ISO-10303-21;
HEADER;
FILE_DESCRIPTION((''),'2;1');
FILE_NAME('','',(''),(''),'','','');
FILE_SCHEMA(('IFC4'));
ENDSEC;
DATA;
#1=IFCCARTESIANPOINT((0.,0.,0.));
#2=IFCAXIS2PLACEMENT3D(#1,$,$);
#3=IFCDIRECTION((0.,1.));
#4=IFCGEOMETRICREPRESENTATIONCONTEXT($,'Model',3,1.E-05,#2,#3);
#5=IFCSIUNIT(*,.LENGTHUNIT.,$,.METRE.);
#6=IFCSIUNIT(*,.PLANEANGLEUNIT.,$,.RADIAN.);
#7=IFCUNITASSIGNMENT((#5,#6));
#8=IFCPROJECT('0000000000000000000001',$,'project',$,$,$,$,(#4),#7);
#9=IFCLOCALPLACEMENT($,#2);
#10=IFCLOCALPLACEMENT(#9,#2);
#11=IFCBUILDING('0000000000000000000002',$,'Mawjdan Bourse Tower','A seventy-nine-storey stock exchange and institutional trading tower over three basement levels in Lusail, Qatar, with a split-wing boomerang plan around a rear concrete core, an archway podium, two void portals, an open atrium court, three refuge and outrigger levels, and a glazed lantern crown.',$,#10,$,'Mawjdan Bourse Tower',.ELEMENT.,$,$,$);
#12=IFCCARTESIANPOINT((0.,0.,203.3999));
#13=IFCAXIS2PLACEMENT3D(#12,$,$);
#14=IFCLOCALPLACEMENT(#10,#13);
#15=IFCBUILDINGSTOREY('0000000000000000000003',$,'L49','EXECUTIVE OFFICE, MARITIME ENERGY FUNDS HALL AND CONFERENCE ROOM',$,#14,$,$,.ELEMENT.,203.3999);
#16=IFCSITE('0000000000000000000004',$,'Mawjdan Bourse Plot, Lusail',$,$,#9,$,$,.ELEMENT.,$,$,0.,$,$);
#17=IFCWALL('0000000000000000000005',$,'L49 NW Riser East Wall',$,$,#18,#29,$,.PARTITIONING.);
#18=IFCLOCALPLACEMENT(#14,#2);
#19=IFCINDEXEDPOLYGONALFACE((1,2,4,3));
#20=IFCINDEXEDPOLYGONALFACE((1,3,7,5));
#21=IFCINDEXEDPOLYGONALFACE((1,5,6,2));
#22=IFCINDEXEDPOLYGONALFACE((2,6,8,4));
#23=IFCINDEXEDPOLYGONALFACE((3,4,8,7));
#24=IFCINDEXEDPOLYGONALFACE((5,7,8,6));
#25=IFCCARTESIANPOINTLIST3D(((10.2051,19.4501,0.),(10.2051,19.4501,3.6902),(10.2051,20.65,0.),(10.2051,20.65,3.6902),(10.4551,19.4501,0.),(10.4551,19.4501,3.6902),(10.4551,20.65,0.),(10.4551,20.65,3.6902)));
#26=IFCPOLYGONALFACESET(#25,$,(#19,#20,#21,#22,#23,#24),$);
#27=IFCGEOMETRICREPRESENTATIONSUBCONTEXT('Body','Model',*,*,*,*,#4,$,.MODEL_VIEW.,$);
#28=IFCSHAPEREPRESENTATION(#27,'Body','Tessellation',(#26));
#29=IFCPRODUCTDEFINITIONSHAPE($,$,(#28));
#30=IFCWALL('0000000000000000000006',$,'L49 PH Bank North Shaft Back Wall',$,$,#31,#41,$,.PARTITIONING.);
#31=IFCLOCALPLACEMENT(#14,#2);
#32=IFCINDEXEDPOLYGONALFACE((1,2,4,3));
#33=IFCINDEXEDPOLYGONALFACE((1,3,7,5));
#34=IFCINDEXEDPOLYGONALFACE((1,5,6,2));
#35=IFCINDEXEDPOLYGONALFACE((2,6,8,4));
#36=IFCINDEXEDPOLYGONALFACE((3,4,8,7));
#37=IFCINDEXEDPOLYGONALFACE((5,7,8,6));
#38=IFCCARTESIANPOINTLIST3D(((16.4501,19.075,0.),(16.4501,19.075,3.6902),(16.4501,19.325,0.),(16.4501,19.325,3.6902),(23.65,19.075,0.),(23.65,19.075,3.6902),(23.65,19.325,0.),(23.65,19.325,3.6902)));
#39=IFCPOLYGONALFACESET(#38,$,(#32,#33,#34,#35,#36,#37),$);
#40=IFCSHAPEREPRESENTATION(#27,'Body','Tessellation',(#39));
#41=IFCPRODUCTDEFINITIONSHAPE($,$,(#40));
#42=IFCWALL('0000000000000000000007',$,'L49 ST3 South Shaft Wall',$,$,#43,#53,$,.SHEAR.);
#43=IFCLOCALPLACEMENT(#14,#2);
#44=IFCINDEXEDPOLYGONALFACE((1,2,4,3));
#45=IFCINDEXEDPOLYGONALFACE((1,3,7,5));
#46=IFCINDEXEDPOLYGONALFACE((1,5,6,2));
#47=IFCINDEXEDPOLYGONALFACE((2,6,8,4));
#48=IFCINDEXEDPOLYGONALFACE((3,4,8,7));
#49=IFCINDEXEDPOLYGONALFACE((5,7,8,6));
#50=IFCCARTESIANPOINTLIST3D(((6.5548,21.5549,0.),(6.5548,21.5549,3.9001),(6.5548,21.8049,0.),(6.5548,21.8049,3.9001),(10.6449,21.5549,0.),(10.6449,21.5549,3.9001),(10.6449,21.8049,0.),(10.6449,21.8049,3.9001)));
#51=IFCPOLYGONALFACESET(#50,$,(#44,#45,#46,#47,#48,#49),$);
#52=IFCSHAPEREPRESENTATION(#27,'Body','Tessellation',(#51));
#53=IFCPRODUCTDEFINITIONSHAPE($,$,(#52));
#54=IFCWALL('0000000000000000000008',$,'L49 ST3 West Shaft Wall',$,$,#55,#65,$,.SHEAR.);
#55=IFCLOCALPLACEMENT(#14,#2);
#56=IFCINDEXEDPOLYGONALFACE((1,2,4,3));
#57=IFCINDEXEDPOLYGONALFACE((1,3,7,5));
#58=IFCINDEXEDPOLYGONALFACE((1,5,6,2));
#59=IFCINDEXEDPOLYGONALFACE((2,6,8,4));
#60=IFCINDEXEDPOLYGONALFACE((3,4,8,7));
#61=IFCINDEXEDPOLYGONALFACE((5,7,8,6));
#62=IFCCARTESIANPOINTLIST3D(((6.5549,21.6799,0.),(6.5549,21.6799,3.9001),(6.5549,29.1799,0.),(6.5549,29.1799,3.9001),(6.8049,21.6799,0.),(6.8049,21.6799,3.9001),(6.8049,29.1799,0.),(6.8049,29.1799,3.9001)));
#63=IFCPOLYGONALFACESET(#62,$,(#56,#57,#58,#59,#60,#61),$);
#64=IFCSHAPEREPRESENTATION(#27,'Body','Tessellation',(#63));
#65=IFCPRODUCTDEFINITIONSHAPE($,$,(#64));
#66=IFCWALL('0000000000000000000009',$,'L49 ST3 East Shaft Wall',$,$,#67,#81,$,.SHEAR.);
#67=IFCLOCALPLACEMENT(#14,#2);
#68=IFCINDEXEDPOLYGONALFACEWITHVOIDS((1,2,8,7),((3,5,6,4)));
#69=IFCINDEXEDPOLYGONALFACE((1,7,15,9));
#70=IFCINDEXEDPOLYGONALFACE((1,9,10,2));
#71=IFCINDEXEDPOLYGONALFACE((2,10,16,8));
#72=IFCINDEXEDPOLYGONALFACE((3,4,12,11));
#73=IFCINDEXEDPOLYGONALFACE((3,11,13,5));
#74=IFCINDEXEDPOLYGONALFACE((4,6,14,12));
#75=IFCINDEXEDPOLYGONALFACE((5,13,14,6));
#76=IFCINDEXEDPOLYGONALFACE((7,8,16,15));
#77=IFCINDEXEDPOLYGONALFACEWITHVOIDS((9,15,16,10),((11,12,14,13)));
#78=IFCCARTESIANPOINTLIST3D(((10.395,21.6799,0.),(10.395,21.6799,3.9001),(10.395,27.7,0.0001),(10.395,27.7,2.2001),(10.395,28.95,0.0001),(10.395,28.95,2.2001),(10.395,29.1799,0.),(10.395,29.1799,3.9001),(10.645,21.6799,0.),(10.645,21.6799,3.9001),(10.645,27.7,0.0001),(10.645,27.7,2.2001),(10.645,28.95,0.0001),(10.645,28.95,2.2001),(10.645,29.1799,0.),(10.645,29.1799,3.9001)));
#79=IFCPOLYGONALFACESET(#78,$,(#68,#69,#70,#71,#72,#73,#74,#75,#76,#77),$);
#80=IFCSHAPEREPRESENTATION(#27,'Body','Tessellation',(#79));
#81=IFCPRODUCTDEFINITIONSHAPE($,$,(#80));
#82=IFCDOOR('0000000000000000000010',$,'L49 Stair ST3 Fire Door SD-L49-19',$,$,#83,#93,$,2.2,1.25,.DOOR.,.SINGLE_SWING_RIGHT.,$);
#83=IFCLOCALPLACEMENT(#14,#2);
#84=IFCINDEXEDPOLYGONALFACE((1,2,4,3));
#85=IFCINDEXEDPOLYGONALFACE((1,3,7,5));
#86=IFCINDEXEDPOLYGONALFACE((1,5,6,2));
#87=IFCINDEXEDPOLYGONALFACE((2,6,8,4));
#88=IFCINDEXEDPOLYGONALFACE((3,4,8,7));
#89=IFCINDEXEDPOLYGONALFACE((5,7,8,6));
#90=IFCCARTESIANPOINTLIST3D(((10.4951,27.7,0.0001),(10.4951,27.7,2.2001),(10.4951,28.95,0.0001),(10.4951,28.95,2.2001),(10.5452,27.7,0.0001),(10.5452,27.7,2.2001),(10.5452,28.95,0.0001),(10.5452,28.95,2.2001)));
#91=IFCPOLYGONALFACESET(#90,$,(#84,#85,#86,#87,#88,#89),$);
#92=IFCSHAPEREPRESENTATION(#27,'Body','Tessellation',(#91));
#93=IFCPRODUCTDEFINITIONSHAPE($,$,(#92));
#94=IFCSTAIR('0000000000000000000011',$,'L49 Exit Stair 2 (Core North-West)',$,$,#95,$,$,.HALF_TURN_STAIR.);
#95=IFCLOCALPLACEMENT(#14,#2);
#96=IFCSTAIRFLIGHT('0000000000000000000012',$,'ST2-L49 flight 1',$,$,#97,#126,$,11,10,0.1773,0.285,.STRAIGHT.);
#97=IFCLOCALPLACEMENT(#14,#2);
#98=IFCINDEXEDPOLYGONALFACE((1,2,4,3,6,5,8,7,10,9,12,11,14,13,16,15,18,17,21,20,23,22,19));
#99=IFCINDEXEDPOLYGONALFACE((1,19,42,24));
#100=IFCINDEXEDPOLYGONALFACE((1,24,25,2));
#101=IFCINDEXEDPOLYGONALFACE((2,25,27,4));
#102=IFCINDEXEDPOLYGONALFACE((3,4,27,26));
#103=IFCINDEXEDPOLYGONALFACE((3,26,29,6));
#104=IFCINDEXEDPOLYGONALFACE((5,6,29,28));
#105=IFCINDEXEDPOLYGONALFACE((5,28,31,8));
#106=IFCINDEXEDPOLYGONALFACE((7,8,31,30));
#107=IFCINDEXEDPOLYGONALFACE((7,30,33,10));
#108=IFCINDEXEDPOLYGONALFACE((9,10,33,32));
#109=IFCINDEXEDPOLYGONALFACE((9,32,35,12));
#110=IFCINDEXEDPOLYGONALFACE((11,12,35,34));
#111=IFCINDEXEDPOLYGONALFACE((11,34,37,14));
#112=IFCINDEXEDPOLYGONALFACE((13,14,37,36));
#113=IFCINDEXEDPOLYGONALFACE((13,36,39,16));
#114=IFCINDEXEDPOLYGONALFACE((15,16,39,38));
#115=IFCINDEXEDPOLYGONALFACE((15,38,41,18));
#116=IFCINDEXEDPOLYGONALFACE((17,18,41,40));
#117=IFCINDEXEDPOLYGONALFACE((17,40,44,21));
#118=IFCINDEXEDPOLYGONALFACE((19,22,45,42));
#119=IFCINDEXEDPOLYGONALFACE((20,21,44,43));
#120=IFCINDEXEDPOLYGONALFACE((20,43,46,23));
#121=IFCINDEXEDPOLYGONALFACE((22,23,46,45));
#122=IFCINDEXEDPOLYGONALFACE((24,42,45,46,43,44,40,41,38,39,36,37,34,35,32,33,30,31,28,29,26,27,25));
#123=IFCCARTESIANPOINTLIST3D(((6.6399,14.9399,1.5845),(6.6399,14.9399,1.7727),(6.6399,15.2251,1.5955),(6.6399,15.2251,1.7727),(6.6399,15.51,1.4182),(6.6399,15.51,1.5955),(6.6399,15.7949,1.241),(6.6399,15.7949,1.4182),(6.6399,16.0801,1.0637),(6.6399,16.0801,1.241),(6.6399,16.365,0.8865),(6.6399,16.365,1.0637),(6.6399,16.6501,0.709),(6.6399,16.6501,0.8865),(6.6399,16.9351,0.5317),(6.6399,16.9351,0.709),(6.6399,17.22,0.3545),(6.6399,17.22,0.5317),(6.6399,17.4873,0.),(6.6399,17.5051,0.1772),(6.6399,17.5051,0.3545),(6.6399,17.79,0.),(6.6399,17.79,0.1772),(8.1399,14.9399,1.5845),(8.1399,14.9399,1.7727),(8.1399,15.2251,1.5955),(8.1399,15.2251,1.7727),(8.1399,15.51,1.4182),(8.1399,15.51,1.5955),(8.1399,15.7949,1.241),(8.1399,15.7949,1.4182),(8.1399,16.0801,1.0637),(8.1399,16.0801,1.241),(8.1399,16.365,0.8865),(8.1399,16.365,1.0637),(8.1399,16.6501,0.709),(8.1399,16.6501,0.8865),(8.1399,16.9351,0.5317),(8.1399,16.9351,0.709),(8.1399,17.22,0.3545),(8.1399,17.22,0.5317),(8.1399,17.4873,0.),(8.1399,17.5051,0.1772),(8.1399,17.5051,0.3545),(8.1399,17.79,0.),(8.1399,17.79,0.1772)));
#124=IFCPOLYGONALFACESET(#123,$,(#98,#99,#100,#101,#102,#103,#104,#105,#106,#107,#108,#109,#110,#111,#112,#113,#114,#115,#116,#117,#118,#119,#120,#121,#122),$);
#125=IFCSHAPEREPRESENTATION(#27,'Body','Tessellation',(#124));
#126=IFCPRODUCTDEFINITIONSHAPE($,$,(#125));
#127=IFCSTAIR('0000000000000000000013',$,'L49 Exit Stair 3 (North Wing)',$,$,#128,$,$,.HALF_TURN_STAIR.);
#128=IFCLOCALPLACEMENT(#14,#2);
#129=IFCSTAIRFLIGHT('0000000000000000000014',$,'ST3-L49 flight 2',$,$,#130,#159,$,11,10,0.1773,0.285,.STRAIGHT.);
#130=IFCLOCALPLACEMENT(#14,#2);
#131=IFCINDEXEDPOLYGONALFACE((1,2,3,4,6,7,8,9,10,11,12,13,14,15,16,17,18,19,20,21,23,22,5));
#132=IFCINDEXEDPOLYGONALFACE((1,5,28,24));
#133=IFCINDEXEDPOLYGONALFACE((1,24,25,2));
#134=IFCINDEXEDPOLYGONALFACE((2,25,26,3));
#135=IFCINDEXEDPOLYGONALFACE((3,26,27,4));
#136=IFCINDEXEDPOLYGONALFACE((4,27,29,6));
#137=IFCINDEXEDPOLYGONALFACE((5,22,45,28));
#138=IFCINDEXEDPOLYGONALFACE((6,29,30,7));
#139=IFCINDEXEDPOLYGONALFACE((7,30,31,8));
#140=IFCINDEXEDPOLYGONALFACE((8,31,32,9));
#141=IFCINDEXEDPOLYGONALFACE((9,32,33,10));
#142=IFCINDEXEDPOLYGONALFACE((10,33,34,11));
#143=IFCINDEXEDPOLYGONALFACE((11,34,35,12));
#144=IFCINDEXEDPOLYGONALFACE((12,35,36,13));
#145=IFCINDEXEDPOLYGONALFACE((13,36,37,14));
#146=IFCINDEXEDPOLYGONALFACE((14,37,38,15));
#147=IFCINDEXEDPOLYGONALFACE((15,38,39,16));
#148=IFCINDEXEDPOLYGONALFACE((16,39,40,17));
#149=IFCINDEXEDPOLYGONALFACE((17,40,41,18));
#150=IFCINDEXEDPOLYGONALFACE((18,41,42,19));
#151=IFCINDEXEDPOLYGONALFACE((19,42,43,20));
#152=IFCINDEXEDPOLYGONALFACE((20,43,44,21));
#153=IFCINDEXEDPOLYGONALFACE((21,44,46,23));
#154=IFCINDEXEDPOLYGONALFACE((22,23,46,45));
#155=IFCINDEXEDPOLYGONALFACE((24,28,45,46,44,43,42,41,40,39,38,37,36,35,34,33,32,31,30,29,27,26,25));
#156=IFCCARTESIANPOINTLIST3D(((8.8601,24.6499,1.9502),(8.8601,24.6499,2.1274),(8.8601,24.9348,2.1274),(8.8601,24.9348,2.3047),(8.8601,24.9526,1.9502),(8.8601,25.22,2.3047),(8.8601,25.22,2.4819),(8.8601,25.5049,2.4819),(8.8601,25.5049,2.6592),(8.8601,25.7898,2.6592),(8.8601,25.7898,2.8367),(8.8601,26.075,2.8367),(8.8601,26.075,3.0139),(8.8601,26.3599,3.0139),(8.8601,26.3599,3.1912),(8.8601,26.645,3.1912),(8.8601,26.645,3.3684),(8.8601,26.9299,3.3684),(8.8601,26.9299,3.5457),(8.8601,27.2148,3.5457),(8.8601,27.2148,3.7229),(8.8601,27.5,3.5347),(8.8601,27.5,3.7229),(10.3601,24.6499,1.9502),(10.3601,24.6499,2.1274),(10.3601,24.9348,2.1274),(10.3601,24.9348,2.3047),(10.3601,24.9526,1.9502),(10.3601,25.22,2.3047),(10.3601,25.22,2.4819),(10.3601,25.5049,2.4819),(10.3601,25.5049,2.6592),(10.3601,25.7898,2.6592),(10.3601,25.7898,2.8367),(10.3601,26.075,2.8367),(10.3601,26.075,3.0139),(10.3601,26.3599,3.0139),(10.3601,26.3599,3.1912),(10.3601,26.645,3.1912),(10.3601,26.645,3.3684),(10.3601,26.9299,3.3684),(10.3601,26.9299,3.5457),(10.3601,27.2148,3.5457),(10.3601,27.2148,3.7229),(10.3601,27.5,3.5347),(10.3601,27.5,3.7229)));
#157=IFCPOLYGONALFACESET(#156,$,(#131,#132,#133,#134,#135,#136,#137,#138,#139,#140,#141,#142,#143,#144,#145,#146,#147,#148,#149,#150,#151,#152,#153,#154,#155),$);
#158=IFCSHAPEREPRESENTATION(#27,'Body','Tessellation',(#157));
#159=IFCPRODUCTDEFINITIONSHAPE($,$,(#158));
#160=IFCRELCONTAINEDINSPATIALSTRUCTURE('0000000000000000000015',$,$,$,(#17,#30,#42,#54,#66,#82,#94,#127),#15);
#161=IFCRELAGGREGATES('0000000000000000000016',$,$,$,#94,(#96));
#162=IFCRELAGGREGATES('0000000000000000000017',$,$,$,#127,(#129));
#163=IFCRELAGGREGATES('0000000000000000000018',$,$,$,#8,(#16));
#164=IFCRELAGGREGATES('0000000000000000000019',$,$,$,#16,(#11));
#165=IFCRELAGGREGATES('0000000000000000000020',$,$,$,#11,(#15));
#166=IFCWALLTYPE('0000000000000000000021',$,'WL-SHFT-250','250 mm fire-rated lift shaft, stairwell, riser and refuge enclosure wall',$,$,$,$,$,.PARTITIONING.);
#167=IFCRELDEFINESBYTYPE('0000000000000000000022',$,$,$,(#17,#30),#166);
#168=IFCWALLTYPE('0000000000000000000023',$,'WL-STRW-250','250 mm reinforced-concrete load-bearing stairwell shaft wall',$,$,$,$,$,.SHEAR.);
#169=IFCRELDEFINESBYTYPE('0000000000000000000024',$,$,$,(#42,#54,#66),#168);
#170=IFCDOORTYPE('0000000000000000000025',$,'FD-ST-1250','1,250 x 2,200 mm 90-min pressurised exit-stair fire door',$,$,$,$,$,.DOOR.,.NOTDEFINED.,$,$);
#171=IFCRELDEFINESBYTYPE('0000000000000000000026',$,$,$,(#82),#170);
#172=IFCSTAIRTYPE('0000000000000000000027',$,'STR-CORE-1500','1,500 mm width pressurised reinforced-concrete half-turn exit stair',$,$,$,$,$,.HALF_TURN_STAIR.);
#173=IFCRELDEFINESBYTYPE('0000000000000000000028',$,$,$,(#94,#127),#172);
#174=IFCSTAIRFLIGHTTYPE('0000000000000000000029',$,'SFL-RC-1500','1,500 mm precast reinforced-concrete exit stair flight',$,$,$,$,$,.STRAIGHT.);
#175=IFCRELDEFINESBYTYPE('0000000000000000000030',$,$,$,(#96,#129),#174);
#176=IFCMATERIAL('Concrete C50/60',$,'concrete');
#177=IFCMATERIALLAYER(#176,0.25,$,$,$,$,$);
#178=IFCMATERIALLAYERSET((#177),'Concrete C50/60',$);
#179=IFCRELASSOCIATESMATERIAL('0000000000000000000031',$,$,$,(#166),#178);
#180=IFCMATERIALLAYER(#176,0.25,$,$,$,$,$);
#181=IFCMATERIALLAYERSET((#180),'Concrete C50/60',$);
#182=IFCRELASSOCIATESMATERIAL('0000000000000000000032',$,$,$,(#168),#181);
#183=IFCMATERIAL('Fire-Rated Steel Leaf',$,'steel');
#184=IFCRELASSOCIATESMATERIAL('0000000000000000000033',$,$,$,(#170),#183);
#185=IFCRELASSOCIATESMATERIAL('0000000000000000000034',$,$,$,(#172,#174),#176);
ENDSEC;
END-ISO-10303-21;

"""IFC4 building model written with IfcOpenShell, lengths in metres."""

from ifc_helpers import new_model, si_unit, direction, frame, frame_2d, origin, place, context, subcontext, project, spatial, polyline, rectangle, outline, extrude, material, layer, layer_set, type_object, element, fill, aggregate, save


model = new_model("IFC4")

# Units and contexts
model_context = context("Model", 3, precision=1e-05, world=origin(), true_north=direction((0.0, 1.0)))
body_context = subcontext(model_context, "Body", "Model", "MODEL_VIEW")
ifc_project = project(units=[si_unit("LENGTHUNIT", "METRE"), si_unit("PLANEANGLEUNIT", "RADIAN")], contexts=[model_context])

# Site, building, storey
site_placement = place(None, origin())
site = spatial("IfcSite", under=ifc_project, at=site_placement, Name="Mawjdan Bourse Plot, Lusail", CompositionType="ELEMENT", RefElevation=0.0)
building_placement = place(site_placement, origin())
building = spatial("IfcBuilding", under=site, at=building_placement, Name="Mawjdan Bourse Tower", Description="A seventy-nine-storey stock exchange and institutional trading tower over three basement levels in Lusail, Qatar, with a split-wing boomerang plan around a rear concrete core, an archway podium, two void portals, an open atrium court, three refuge and outrigger levels, and a glazed lantern crown.", LongName="Mawjdan Bourse Tower", CompositionType="ELEMENT")
storey_placement = place(building_placement, frame((0.0, 0.0, 203.3999)))
storey = spatial("IfcBuildingStorey", under=building, at=storey_placement, Name="L49", Description="EXECUTIVE OFFICE, MARITIME ENERGY FUNDS HALL AND CONFERENCE ROOM", CompositionType="ELEMENT", Elevation=203.3999)

# Walls
ifc_material_1 = material(Name="Concrete C50/60", Category="concrete")
ifc_layer_1 = layer(ifc_material_1, 0.25)
ifc_layer_set_1 = layer_set([ifc_layer_1], Name="Concrete C50/60")
wall_type_1 = type_object("IfcWallType", Name="WL-SHFT-250", Description="250 mm fire-rated lift shaft, stairwell, riser and refuge enclosure wall", PredefinedType="PARTITIONING", material=ifc_layer_set_1)
wall_1_placement = place(storey_placement, frame((10.3301, 19.45, 0.0), z_axis=(0.0, 0.0, 1.0), x_axis=(0.0, 1.0, 0.0)))
element("IfcWall", 1, at=wall_1_placement, inside=storey, type_object=wall_type_1, Name="L49 NW Riser East Wall", PredefinedType="PARTITIONING", context=body_context, shape_type="SweptSolid", body=[
    extrude(rectangle(XDim=1.2, YDim=0.25, at=frame_2d((0.6001, 0.0))), origin(), (0.0, 0.0, 1.0), 3.6902),
])
wall_2_placement = place(storey_placement, frame((16.45, 19.2, 0.0), z_axis=(0.0, 0.0, 1.0), x_axis=(1.0, 0.0, 0.0)))
element("IfcWall", 2, at=wall_2_placement, inside=storey, type_object=wall_type_1, Name="L49 PH Bank North Shaft Back Wall", PredefinedType="PARTITIONING", context=body_context, shape_type="SweptSolid", body=[
    extrude(rectangle(XDim=7.2, YDim=0.25, at=frame_2d((3.6001, 0.0))), origin(), (0.0, 0.0, 1.0), 3.6902),
])
ifc_layer_2 = layer(ifc_material_1, 0.25)
ifc_layer_set_2 = layer_set([ifc_layer_2], Name="Concrete C50/60")
wall_type_2 = type_object("IfcWallType", Name="WL-STRW-250", Description="250 mm reinforced-concrete load-bearing stairwell shaft wall", PredefinedType="SHEAR", material=ifc_layer_set_2)
wall_3_placement = place(storey_placement, frame((6.5549, 21.6799, 0.0), z_axis=(0.0, 0.0, 1.0), x_axis=(1.0, 0.0, 0.0)))
element("IfcWall", 3, at=wall_3_placement, inside=storey, type_object=wall_type_2, Name="L49 ST3 South Shaft Wall", PredefinedType="SHEAR", context=body_context, shape_type="SweptSolid", body=[
    extrude(rectangle(XDim=4.0901, YDim=0.25, at=frame_2d((2.0449, 0.0))), origin(), (0.0, 0.0, 1.0), 3.9001),
])
wall_4_placement = place(storey_placement, frame((6.6799, 21.6799, 0.0), z_axis=(0.0, 0.0, 1.0), x_axis=(0.0, 1.0, 0.0)))
element("IfcWall", 4, at=wall_4_placement, inside=storey, type_object=wall_type_2, Name="L49 ST3 West Shaft Wall", PredefinedType="SHEAR", context=body_context, shape_type="SweptSolid", body=[
    extrude(rectangle(XDim=7.5, YDim=0.25, at=frame_2d((3.75, 0.0))), origin(), (0.0, 0.0, 1.0), 3.9001),
])

# Wall, opening, door
wall_5_placement = place(storey_placement, frame((10.52, 21.6799, 0.0), z_axis=(0.0, 0.0, 1.0), x_axis=(0.0, 1.0, 0.0)))
wall_5 = element("IfcWall", 5, at=wall_5_placement, inside=storey, type_object=wall_type_2, Name="L49 ST3 East Shaft Wall", PredefinedType="SHEAR", context=body_context, shape_type="SweptSolid", body=[
    extrude(rectangle(XDim=7.5, YDim=0.25, at=frame_2d((3.75, 0.0))), origin(), (0.0, 0.0, 1.0), 3.9001),
])
opening_1_placement = place(wall_5_placement, frame((6.02, 0.0, 0.0)))
opening_1 = element("IfcOpeningElement", 6, at=opening_1_placement, cuts=wall_5, PredefinedType="OPENING", context=body_context, shape_type="SweptSolid", body=[
    extrude(rectangle(XDim=1.25, YDim=2.2, at=frame_2d((0.625, 1.1001))), frame((0.0, 0.135, 0.0), z_axis=(0.0, -1.0, 0.0), x_axis=(1.0, 0.0, 0.0)), (0.0, 0.0, 1.0), 0.27),
])
ifc_material_2 = material(Name="Fire-Rated Steel Leaf", Category="steel")
door_type_1 = type_object("IfcDoorType", Name="FD-ST-1250", Description="1,250 x 2,200 mm 90-min pressurised exit-stair fire door", OperationType="NOTDEFINED", PredefinedType="DOOR", material=ifc_material_2)
door_1_placement = place(opening_1_placement, origin())
door_1 = element("IfcDoor", 7, at=door_1_placement, inside=storey, type_object=door_type_1, Name="L49 Stair ST3 Fire Door SD-L49-19", OperationType="SINGLE_SWING_RIGHT", OverallHeight=2.2, OverallWidth=1.25, PredefinedType="DOOR", context=body_context, shape_type="SweptSolid", body=[
    extrude(rectangle(XDim=1.25, YDim=2.2, at=frame_2d((0.625, 1.1001))), frame((0.0, 0.0249, 0.0), z_axis=(0.0, -1.0, 0.0), x_axis=(1.0, 0.0, 0.0)), (0.0, 0.0, 1.0), 0.05),
])
fill(opening_1, door_1)

# Stairs, stair flights
stair_type = type_object("IfcStairType", Name="STR-CORE-1500", Description="1,500 mm width pressurised reinforced-concrete half-turn exit stair", PredefinedType="HALF_TURN_STAIR", material=ifc_material_1)
stair_1_placement = place(storey_placement, origin())
stair_1 = element("IfcStair", 8, at=stair_1_placement, inside=storey, type_object=stair_type, Name="L49 Exit Stair 2 (Core North-West)", PredefinedType="HALF_TURN_STAIR")
stair_flight_type = type_object("IfcStairFlightType", Name="SFL-RC-1500", Description="1,500 mm precast reinforced-concrete exit stair flight", PredefinedType="STRAIGHT", material=ifc_material_1)
stair_flight_1_placement = place(storey_placement, frame((7.3899, 17.79, 0.0), z_axis=(0.0, 0.0, 1.0), x_axis=(0.0, -1.0, 0.0)))
stair_flight_1 = element("IfcStairFlight", 9, at=stair_flight_1_placement, type_object=stair_flight_type, Name="ST2-L49 flight 1", NumberOfRisers=11, NumberOfTreads=10, PredefinedType="STRAIGHT", RiserHeight=0.1773, TreadLength=0.285, context=body_context, shape_type="SweptSolid", body=[
    extrude(outline(polyline([(0.0, 0.0), (0.0, 0.1772), (0.2849, 0.1772), (0.2849, 0.3545), (0.5701, 0.3545), (0.5701, 0.5317), (0.855, 0.5317), (0.855, 0.709), (1.1399, 0.709), (1.1399, 0.8865), (1.425, 0.8865), (1.425, 1.0637), (1.71, 1.0637), (1.71, 1.241), (1.9951, 1.241), (1.9951, 1.4182), (2.28, 1.4182), (2.28, 1.5955), (2.5649, 1.5955), (2.5649, 1.7727), (2.8501, 1.7727), (2.8501, 1.95), (2.8501, 1.5845), (0.3027, 0.0), (0.0, 0.0)])), frame((0.0, 0.75, 0.0), z_axis=(0.0, -1.0, 0.0), x_axis=(1.0, 0.0, 0.0)), (0.0, 0.0, 1.0), 1.5),
])
aggregate(stair_1, [stair_flight_1])
stair_2_placement = place(storey_placement, origin())
stair_2 = element("IfcStair", 10, at=stair_2_placement, inside=storey, type_object=stair_type, Name="L49 Exit Stair 3 (North Wing)", PredefinedType="HALF_TURN_STAIR")
stair_flight_2_placement = place(storey_placement, frame((9.6101, 24.6499, 1.9502), z_axis=(0.0, 0.0, 1.0), x_axis=(0.0, 1.0, 0.0)))
stair_flight_2 = element("IfcStairFlight", 11, at=stair_flight_2_placement, type_object=stair_flight_type, Name="ST3-L49 flight 2", NumberOfRisers=11, NumberOfTreads=10, PredefinedType="STRAIGHT", RiserHeight=0.1773, TreadLength=0.285, context=body_context, shape_type="SweptSolid", body=[
    extrude(outline(polyline([(0.0, 0.0), (0.0, 0.1772), (0.2849, 0.1772), (0.2849, 0.3545), (0.5701, 0.3545), (0.5701, 0.5317), (0.855, 0.5317), (0.855, 0.709), (1.1399, 0.709), (1.1399, 0.8865), (1.425, 0.8865), (1.425, 1.0637), (1.71, 1.0637), (1.71, 1.241), (1.9951, 1.241), (1.9951, 1.4182), (2.28, 1.4182), (2.28, 1.5955), (2.5649, 1.5955), (2.5649, 1.7727), (2.8501, 1.7727), (2.8501, 1.95), (2.8501, 1.5845), (0.3027, 0.0), (0.0, 0.0)])), frame((0.0, 0.75, 0.0), z_axis=(0.0, -1.0, 0.0), x_axis=(1.0, 0.0, 0.0)), (0.0, 0.0, 1.0), 1.5),
])
aggregate(stair_2, [stair_flight_2])

save(model, "model.ifc")
